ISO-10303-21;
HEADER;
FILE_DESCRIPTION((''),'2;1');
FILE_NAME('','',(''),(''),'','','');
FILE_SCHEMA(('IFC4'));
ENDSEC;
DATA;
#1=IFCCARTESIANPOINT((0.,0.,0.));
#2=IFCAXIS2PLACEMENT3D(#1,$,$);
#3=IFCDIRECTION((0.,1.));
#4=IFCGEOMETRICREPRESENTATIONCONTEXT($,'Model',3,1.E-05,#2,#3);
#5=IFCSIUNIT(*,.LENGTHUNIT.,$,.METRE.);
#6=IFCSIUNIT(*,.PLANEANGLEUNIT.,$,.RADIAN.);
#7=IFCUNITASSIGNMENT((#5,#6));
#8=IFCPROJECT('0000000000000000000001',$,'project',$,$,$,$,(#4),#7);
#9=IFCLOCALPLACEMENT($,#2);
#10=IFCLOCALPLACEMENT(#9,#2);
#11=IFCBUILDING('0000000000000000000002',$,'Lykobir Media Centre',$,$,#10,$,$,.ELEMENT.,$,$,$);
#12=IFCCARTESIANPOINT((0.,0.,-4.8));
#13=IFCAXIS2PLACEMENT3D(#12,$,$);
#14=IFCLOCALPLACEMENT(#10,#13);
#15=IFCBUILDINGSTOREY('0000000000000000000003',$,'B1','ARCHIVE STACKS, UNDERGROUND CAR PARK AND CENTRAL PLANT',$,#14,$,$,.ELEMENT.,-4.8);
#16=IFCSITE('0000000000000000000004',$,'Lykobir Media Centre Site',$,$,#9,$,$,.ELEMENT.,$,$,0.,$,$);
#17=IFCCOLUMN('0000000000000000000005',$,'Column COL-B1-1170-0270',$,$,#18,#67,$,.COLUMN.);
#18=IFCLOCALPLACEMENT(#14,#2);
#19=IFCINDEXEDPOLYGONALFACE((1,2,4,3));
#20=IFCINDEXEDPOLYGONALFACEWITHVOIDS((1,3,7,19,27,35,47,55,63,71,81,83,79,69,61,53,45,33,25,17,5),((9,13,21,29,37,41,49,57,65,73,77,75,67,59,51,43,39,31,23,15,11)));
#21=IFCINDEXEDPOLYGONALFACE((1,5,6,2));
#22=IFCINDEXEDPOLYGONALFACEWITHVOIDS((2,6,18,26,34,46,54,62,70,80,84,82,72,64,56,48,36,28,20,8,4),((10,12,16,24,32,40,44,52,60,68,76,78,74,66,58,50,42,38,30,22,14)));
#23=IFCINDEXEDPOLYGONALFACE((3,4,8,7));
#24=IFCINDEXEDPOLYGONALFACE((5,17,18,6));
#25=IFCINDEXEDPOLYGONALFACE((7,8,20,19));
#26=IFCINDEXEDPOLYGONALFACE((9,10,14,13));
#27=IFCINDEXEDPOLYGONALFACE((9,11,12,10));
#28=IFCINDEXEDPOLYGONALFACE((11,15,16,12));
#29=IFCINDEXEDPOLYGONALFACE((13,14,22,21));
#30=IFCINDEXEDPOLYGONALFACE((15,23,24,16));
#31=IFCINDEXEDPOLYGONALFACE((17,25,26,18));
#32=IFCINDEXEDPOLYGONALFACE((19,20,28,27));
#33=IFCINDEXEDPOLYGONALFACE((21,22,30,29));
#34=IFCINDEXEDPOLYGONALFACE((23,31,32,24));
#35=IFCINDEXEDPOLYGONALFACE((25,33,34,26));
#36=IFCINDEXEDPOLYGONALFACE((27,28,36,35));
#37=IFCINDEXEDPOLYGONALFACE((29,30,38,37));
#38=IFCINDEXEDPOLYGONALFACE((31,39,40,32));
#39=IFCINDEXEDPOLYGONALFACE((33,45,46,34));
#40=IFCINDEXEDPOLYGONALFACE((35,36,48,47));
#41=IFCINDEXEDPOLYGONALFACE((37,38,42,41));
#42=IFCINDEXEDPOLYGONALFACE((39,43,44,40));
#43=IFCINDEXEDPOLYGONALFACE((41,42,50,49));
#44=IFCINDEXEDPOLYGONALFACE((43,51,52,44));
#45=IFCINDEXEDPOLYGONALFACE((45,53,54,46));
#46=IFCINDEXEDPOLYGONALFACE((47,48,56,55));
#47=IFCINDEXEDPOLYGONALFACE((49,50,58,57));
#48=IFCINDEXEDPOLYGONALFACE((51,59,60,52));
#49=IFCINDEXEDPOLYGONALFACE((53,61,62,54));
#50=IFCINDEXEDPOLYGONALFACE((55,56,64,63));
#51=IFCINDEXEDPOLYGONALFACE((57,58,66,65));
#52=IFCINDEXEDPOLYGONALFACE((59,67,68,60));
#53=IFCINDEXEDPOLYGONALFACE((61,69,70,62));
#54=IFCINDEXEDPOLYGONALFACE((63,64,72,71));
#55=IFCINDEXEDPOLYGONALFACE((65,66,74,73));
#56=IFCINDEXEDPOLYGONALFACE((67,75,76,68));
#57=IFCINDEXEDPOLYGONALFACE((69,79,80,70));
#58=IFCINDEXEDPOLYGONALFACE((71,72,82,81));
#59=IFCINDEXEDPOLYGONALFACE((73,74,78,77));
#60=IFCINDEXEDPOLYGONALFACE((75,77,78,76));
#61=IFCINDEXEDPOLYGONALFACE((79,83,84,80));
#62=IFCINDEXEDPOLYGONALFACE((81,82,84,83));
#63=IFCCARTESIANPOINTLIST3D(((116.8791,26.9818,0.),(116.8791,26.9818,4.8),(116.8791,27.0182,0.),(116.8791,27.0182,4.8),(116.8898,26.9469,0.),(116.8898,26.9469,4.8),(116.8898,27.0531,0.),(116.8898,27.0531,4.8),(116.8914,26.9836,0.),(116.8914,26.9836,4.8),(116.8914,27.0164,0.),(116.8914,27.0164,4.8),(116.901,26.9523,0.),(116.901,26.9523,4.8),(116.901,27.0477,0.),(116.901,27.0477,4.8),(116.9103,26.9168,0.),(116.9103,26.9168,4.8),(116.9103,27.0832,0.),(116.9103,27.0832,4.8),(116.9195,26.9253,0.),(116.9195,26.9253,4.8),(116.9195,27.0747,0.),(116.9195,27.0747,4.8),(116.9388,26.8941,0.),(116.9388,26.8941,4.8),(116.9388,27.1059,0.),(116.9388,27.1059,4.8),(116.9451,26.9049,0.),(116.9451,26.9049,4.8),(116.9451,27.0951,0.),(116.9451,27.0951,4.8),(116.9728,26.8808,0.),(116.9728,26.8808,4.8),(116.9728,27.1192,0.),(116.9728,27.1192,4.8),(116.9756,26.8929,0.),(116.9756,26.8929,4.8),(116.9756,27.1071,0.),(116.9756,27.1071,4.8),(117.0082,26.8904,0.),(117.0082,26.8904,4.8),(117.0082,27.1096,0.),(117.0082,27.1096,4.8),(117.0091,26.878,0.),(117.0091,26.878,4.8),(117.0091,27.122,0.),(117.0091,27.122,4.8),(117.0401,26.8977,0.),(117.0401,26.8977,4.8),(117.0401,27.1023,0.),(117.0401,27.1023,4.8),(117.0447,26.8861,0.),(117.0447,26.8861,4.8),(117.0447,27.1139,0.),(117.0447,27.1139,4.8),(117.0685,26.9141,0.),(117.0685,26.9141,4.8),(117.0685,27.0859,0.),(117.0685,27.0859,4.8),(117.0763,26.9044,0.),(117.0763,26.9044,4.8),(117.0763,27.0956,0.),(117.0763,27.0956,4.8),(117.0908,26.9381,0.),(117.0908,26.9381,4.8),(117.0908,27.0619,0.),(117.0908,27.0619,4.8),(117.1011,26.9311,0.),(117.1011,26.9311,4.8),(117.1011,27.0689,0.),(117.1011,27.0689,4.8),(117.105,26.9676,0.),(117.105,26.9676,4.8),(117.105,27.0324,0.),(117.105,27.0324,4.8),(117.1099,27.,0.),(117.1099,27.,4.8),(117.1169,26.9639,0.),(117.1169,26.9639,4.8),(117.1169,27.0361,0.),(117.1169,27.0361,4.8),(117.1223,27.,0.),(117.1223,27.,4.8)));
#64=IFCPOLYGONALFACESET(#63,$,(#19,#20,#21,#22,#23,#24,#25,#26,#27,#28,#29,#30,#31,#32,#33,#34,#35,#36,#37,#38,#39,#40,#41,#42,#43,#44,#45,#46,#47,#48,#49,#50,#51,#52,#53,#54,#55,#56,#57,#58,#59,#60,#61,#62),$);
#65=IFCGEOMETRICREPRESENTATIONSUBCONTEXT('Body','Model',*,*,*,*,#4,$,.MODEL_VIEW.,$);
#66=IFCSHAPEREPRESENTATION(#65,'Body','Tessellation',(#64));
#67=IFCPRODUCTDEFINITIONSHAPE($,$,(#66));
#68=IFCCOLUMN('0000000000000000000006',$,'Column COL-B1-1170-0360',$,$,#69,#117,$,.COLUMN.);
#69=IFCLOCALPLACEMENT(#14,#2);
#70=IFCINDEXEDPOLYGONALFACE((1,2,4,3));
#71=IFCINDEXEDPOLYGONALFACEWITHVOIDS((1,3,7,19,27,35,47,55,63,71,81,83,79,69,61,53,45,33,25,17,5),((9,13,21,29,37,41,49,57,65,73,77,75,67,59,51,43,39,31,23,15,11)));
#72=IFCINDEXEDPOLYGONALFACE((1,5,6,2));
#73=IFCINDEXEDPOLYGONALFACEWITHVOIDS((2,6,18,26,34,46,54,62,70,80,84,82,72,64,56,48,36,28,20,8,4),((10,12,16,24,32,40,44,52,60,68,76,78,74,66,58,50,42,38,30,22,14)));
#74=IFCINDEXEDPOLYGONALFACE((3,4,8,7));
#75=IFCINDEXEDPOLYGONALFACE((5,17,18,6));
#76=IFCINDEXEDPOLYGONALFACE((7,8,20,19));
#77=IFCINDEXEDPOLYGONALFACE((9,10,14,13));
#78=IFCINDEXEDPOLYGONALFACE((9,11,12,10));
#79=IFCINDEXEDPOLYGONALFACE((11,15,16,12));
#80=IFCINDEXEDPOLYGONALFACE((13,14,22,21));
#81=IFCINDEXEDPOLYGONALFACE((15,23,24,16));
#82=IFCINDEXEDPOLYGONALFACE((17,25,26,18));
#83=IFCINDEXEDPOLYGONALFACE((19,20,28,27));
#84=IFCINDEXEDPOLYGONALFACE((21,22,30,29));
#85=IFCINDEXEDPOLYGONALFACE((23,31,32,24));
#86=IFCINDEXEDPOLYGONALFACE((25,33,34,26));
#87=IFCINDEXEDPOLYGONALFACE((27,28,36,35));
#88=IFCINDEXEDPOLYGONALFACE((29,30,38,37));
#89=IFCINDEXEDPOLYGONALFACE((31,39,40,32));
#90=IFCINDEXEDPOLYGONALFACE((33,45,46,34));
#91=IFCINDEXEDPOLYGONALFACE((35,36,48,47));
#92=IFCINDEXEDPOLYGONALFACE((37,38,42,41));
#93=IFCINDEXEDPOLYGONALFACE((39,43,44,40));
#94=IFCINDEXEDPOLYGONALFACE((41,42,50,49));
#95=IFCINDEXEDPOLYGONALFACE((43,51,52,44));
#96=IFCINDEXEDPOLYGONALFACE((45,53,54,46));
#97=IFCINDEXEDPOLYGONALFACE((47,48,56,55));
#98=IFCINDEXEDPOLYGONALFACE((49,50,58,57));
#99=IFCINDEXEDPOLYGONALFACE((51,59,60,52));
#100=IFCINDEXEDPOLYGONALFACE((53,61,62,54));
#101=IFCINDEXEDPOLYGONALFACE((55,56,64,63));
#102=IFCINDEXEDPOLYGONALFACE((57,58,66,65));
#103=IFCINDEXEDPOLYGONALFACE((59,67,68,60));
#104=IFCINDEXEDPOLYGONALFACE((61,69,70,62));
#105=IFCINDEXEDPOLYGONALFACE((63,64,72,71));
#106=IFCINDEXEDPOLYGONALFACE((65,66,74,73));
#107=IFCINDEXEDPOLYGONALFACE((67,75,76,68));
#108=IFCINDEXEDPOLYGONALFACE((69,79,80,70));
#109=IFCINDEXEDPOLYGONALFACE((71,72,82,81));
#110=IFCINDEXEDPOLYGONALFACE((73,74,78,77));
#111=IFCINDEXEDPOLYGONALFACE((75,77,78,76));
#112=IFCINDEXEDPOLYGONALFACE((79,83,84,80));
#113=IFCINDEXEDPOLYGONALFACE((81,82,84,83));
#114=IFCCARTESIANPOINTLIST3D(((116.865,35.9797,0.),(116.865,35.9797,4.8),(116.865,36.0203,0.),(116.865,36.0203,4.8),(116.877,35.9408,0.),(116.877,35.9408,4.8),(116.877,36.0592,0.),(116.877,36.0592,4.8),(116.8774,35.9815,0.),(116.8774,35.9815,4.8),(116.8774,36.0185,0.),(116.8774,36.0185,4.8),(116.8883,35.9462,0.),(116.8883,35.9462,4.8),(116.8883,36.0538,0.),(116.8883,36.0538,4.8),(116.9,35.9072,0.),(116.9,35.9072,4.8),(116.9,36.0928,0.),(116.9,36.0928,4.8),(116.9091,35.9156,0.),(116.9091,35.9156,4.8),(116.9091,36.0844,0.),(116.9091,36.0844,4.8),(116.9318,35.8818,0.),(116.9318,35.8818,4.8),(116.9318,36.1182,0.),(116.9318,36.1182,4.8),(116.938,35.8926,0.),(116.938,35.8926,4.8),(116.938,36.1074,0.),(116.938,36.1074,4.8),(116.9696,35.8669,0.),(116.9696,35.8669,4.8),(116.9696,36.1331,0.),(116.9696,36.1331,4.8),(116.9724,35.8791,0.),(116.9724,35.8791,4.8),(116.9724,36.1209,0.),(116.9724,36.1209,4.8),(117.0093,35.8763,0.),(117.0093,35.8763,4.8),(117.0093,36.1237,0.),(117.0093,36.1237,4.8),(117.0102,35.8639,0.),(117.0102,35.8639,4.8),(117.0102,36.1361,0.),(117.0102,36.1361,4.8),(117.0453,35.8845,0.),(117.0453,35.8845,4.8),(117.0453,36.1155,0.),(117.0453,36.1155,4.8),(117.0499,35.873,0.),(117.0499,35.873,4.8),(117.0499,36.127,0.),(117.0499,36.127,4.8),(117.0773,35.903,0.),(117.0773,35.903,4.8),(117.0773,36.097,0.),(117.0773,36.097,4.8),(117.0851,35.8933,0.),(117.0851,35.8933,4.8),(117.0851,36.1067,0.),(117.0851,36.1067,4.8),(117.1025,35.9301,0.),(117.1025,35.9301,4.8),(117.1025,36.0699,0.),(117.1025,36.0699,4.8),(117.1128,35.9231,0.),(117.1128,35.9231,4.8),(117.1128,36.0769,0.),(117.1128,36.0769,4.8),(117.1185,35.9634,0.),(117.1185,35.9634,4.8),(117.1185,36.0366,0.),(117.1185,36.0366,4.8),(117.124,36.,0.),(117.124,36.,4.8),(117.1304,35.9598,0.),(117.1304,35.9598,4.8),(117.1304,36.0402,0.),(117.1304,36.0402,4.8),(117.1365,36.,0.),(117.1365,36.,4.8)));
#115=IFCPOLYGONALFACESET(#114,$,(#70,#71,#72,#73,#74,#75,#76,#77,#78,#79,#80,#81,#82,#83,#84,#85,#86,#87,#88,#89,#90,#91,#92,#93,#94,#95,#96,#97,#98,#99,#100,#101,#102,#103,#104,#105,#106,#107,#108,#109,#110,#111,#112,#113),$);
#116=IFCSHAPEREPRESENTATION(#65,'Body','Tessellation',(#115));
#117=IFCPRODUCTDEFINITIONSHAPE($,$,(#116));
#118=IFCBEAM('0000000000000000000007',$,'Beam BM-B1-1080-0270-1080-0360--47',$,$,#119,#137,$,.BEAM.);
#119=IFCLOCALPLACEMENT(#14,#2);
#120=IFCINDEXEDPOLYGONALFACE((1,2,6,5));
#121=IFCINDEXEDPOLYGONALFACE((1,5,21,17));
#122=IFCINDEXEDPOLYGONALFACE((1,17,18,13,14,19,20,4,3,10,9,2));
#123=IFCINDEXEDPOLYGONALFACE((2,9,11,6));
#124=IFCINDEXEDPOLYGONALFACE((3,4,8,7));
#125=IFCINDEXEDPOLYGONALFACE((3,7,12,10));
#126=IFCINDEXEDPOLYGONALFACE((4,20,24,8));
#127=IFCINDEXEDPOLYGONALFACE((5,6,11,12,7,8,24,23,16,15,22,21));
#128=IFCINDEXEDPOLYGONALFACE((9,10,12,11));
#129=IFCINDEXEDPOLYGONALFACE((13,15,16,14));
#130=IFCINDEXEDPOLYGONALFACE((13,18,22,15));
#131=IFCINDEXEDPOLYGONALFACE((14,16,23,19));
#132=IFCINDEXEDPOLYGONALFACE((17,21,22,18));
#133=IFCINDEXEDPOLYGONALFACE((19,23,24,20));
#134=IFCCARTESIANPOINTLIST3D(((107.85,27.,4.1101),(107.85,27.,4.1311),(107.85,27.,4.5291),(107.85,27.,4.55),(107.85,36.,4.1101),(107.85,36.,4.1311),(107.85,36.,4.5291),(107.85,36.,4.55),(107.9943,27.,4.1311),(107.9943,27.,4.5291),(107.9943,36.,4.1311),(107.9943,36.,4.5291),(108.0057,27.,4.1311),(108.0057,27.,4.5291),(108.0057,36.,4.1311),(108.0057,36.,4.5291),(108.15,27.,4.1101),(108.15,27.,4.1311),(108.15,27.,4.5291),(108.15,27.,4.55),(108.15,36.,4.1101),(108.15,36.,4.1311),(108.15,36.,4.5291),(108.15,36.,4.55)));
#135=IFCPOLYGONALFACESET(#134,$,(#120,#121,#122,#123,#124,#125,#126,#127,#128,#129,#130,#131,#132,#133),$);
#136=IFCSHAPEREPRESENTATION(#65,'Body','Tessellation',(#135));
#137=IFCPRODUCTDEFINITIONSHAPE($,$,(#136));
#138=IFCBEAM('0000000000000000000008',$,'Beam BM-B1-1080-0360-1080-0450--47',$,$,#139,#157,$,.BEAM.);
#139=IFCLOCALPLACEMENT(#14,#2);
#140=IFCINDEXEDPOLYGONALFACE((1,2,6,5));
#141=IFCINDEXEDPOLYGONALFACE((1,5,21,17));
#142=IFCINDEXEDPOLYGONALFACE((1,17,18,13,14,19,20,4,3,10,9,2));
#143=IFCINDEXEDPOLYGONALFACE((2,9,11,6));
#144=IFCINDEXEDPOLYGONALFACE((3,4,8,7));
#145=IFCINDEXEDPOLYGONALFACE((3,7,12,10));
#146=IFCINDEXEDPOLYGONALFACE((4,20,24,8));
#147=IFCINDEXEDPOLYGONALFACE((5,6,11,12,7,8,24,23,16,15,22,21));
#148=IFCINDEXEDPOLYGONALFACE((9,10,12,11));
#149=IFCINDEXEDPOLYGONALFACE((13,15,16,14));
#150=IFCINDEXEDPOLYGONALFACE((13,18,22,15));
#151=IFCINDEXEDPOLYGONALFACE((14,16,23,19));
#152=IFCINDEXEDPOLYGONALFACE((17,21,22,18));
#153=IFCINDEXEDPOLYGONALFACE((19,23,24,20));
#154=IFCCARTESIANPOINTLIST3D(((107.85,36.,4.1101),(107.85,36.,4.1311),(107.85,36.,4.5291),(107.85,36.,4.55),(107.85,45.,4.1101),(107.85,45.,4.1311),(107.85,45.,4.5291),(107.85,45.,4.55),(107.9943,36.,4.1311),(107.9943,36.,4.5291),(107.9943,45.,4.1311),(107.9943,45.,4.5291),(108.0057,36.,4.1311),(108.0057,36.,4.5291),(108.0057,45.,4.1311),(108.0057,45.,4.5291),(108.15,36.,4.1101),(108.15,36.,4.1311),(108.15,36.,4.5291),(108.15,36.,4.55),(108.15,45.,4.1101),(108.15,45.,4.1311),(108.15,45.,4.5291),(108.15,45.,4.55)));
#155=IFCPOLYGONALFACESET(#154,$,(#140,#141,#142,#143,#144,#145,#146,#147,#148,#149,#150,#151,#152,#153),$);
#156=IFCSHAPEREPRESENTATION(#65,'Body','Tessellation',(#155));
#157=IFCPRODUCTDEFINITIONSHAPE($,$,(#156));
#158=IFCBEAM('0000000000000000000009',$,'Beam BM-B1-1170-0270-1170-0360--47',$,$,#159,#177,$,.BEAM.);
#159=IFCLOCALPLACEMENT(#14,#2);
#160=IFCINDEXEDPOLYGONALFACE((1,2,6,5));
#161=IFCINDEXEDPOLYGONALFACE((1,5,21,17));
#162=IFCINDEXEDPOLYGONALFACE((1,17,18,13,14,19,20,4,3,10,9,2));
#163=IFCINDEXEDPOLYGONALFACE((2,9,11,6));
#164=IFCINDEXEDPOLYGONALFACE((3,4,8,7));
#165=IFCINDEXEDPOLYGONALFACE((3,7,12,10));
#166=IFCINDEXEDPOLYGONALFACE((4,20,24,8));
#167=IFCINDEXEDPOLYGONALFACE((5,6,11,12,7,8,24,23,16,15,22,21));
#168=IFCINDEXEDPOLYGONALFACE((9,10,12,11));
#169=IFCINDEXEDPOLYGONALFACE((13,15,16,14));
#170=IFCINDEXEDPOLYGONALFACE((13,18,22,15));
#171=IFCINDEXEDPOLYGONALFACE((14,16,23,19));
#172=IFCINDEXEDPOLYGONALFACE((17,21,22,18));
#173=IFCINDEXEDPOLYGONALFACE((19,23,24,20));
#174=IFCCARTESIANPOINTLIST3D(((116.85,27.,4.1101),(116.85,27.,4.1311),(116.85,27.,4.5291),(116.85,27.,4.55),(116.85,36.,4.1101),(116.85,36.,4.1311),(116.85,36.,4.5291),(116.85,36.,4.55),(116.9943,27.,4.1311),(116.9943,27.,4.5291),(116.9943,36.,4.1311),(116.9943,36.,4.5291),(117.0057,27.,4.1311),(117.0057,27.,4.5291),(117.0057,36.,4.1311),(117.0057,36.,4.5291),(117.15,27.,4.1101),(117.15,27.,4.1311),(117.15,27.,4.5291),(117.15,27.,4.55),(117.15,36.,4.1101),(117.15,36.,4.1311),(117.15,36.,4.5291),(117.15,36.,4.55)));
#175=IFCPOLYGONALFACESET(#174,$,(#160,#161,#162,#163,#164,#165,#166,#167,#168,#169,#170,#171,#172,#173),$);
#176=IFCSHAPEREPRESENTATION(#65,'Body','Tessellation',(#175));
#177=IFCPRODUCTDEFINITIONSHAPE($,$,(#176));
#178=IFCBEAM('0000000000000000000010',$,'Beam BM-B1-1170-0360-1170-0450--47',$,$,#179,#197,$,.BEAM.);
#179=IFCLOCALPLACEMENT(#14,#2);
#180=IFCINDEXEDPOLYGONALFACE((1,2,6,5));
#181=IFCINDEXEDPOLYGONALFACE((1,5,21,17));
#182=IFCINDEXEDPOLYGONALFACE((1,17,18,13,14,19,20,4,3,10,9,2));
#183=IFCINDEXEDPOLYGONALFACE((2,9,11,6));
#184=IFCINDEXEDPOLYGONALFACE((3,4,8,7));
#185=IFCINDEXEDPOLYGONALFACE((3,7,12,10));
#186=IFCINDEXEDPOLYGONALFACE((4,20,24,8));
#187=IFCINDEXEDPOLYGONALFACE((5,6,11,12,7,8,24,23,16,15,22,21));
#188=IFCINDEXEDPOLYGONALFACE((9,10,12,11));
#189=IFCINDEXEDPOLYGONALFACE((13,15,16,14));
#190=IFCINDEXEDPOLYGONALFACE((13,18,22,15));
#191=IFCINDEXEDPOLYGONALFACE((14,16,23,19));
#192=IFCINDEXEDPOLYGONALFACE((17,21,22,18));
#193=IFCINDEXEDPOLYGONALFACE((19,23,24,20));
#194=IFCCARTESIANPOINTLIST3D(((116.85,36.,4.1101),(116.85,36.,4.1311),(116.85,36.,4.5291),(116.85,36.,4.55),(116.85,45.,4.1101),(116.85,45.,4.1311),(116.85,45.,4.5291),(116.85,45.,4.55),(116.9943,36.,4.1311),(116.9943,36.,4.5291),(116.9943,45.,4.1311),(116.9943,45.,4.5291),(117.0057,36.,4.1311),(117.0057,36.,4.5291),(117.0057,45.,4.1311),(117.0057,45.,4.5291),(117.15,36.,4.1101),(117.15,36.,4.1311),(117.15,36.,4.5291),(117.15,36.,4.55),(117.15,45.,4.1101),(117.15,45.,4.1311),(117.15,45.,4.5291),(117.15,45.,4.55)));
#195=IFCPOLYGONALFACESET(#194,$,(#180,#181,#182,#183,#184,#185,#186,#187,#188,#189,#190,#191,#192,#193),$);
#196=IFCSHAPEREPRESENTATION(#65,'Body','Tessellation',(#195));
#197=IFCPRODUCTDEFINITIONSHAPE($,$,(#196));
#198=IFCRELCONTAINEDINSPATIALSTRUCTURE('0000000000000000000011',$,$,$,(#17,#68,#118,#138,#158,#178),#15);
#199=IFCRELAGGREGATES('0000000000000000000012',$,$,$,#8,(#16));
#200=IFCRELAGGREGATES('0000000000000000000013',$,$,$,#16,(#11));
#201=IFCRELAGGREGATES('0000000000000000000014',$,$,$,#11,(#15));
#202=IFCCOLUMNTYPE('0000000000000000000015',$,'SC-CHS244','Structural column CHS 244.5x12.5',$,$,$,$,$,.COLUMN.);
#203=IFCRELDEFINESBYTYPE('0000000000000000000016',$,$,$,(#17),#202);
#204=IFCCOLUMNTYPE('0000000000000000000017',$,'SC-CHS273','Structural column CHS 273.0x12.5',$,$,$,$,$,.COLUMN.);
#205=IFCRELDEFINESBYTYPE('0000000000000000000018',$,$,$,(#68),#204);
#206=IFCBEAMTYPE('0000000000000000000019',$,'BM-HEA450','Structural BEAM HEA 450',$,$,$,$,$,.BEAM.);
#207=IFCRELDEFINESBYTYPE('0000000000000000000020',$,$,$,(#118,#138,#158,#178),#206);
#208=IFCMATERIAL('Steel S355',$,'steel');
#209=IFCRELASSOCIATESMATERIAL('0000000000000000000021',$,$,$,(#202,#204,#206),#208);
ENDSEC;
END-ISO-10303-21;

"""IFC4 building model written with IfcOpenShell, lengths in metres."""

from ifc_helpers import new_model, si_unit, direction, frame, origin, origin_2d, place, context, subcontext, project, spatial, hollow_circle, i_section, extrude, material, material_profile, profile_set, type_object, element, save


model = new_model("IFC4")

# Units and contexts
model_context = context("Model", 3, precision=1e-05, world=origin(), true_north=direction((0.0, 1.0)))
body_context = subcontext(model_context, "Body", "Model", "MODEL_VIEW")
ifc_project = project(units=[si_unit("LENGTHUNIT", "METRE"), si_unit("PLANEANGLEUNIT", "RADIAN")], contexts=[model_context])

# Site, building, storey
site_placement = place(None, origin())
site = spatial("IfcSite", under=ifc_project, at=site_placement, Name="Lykobir Media Centre Site", CompositionType="ELEMENT", RefElevation=0.0)
building_placement = place(site_placement, origin())
building = spatial("IfcBuilding", under=site, at=building_placement, Name="Lykobir Media Centre", CompositionType="ELEMENT")
storey_placement = place(building_placement, frame((0.0, 0.0, -4.8)))
storey = spatial("IfcBuildingStorey", under=building, at=storey_placement, Name="B1", Description="ARCHIVE STACKS, UNDERGROUND CAR PARK AND CENTRAL PLANT", CompositionType="ELEMENT", Elevation=-4.8)

# Columns
ifc_material_1 = material(Name="Steel S355", Category="steel")
ifc_material_profile_1 = material_profile(ifc_material_1, hollow_circle(Radius=0.1223, WallThickness=0.0125, at=origin_2d()), Name="CHS 244.5x12.5")
ifc_profile_set_1 = profile_set([ifc_material_profile_1], Name="Steel S355")
column_type_1 = type_object("IfcColumnType", Name="SC-CHS244", Description="Structural column CHS 244.5x12.5", PredefinedType="COLUMN", material=ifc_profile_set_1)
column_1_placement = place(storey_placement, frame((117.0, 27.0, 0.0), z_axis=(0.0, 0.0, 1.0), x_axis=(1.0, 0.0, 0.0)))
element("IfcColumn", 1, at=column_1_placement, inside=storey, type_object=column_type_1, Name="Column COL-B1-1170-0270", PredefinedType="COLUMN", context=body_context, shape_type="SweptSolid", body=[
    extrude(hollow_circle(Radius=0.1223, WallThickness=0.0125, at=origin_2d()), origin(), (0.0, 0.0, 1.0), 4.8),
])
ifc_material_profile_2 = material_profile(ifc_material_1, hollow_circle(Radius=0.1365, WallThickness=0.0125, at=origin_2d()), Name="CHS 273.0x12.5")
ifc_profile_set_2 = profile_set([ifc_material_profile_2], Name="Steel S355")
column_type_2 = type_object("IfcColumnType", Name="SC-CHS273", Description="Structural column CHS 273.0x12.5", PredefinedType="COLUMN", material=ifc_profile_set_2)
column_2_placement = place(storey_placement, frame((117.0, 36.0, 0.0), z_axis=(0.0, 0.0, 1.0), x_axis=(1.0, 0.0, 0.0)))
element("IfcColumn", 2, at=column_2_placement, inside=storey, type_object=column_type_2, Name="Column COL-B1-1170-0360", PredefinedType="COLUMN", context=body_context, shape_type="SweptSolid", body=[
    extrude(hollow_circle(Radius=0.1365, WallThickness=0.0125, at=origin_2d()), origin(), (0.0, 0.0, 1.0), 4.8),
])

# Beams
ifc_material_profile_3 = material_profile(ifc_material_1, i_section(OverallWidth=0.3, OverallDepth=0.4399, WebThickness=0.0115, FlangeThickness=0.021, at=origin_2d()), Name="HEA 450")
ifc_profile_set_3 = profile_set([ifc_material_profile_3], Name="Steel S355")
beam_type_1 = type_object("IfcBeamType", Name="BM-HEA450", Description="Structural BEAM HEA 450", PredefinedType="BEAM", material=ifc_profile_set_3)
for number, where, z_axis, x_axis, name in (
    (3, (108.0, 27.0, 4.3301), (0.0, 1.0, 0.0), (-1.0, 0.0, 0.0), "Beam BM-B1-1080-0270-1080-0360--47"),
    (4, (108.0, 36.0, 4.3301), (0.0, 1.0, 0.0), (-1.0, 0.0, 0.0), "Beam BM-B1-1080-0360-1080-0450--47"),
    (5, (117.0, 27.0, 4.3301), (0.0, 1.0, 0.0), (-1.0, 0.0, 0.0), "Beam BM-B1-1170-0270-1170-0360--47"),
    (6, (117.0, 36.0, 4.3301), (0.0, 1.0, 0.0), (-1.0, 0.0, 0.0), "Beam BM-B1-1170-0360-1170-0450--47"),
):
    element("IfcBeam", number, at=place(storey_placement, frame(where, z_axis=z_axis, x_axis=x_axis)), inside=storey, type_object=beam_type_1, Name=name, PredefinedType="BEAM", context=body_context, shape_type="SweptSolid", body=[
        extrude(i_section(OverallWidth=0.3, OverallDepth=0.4399, WebThickness=0.0115, FlangeThickness=0.021, at=origin_2d()), origin(), (0.0, 0.0, 1.0), 9.0),
    ])

save(model, "model.ifc")
